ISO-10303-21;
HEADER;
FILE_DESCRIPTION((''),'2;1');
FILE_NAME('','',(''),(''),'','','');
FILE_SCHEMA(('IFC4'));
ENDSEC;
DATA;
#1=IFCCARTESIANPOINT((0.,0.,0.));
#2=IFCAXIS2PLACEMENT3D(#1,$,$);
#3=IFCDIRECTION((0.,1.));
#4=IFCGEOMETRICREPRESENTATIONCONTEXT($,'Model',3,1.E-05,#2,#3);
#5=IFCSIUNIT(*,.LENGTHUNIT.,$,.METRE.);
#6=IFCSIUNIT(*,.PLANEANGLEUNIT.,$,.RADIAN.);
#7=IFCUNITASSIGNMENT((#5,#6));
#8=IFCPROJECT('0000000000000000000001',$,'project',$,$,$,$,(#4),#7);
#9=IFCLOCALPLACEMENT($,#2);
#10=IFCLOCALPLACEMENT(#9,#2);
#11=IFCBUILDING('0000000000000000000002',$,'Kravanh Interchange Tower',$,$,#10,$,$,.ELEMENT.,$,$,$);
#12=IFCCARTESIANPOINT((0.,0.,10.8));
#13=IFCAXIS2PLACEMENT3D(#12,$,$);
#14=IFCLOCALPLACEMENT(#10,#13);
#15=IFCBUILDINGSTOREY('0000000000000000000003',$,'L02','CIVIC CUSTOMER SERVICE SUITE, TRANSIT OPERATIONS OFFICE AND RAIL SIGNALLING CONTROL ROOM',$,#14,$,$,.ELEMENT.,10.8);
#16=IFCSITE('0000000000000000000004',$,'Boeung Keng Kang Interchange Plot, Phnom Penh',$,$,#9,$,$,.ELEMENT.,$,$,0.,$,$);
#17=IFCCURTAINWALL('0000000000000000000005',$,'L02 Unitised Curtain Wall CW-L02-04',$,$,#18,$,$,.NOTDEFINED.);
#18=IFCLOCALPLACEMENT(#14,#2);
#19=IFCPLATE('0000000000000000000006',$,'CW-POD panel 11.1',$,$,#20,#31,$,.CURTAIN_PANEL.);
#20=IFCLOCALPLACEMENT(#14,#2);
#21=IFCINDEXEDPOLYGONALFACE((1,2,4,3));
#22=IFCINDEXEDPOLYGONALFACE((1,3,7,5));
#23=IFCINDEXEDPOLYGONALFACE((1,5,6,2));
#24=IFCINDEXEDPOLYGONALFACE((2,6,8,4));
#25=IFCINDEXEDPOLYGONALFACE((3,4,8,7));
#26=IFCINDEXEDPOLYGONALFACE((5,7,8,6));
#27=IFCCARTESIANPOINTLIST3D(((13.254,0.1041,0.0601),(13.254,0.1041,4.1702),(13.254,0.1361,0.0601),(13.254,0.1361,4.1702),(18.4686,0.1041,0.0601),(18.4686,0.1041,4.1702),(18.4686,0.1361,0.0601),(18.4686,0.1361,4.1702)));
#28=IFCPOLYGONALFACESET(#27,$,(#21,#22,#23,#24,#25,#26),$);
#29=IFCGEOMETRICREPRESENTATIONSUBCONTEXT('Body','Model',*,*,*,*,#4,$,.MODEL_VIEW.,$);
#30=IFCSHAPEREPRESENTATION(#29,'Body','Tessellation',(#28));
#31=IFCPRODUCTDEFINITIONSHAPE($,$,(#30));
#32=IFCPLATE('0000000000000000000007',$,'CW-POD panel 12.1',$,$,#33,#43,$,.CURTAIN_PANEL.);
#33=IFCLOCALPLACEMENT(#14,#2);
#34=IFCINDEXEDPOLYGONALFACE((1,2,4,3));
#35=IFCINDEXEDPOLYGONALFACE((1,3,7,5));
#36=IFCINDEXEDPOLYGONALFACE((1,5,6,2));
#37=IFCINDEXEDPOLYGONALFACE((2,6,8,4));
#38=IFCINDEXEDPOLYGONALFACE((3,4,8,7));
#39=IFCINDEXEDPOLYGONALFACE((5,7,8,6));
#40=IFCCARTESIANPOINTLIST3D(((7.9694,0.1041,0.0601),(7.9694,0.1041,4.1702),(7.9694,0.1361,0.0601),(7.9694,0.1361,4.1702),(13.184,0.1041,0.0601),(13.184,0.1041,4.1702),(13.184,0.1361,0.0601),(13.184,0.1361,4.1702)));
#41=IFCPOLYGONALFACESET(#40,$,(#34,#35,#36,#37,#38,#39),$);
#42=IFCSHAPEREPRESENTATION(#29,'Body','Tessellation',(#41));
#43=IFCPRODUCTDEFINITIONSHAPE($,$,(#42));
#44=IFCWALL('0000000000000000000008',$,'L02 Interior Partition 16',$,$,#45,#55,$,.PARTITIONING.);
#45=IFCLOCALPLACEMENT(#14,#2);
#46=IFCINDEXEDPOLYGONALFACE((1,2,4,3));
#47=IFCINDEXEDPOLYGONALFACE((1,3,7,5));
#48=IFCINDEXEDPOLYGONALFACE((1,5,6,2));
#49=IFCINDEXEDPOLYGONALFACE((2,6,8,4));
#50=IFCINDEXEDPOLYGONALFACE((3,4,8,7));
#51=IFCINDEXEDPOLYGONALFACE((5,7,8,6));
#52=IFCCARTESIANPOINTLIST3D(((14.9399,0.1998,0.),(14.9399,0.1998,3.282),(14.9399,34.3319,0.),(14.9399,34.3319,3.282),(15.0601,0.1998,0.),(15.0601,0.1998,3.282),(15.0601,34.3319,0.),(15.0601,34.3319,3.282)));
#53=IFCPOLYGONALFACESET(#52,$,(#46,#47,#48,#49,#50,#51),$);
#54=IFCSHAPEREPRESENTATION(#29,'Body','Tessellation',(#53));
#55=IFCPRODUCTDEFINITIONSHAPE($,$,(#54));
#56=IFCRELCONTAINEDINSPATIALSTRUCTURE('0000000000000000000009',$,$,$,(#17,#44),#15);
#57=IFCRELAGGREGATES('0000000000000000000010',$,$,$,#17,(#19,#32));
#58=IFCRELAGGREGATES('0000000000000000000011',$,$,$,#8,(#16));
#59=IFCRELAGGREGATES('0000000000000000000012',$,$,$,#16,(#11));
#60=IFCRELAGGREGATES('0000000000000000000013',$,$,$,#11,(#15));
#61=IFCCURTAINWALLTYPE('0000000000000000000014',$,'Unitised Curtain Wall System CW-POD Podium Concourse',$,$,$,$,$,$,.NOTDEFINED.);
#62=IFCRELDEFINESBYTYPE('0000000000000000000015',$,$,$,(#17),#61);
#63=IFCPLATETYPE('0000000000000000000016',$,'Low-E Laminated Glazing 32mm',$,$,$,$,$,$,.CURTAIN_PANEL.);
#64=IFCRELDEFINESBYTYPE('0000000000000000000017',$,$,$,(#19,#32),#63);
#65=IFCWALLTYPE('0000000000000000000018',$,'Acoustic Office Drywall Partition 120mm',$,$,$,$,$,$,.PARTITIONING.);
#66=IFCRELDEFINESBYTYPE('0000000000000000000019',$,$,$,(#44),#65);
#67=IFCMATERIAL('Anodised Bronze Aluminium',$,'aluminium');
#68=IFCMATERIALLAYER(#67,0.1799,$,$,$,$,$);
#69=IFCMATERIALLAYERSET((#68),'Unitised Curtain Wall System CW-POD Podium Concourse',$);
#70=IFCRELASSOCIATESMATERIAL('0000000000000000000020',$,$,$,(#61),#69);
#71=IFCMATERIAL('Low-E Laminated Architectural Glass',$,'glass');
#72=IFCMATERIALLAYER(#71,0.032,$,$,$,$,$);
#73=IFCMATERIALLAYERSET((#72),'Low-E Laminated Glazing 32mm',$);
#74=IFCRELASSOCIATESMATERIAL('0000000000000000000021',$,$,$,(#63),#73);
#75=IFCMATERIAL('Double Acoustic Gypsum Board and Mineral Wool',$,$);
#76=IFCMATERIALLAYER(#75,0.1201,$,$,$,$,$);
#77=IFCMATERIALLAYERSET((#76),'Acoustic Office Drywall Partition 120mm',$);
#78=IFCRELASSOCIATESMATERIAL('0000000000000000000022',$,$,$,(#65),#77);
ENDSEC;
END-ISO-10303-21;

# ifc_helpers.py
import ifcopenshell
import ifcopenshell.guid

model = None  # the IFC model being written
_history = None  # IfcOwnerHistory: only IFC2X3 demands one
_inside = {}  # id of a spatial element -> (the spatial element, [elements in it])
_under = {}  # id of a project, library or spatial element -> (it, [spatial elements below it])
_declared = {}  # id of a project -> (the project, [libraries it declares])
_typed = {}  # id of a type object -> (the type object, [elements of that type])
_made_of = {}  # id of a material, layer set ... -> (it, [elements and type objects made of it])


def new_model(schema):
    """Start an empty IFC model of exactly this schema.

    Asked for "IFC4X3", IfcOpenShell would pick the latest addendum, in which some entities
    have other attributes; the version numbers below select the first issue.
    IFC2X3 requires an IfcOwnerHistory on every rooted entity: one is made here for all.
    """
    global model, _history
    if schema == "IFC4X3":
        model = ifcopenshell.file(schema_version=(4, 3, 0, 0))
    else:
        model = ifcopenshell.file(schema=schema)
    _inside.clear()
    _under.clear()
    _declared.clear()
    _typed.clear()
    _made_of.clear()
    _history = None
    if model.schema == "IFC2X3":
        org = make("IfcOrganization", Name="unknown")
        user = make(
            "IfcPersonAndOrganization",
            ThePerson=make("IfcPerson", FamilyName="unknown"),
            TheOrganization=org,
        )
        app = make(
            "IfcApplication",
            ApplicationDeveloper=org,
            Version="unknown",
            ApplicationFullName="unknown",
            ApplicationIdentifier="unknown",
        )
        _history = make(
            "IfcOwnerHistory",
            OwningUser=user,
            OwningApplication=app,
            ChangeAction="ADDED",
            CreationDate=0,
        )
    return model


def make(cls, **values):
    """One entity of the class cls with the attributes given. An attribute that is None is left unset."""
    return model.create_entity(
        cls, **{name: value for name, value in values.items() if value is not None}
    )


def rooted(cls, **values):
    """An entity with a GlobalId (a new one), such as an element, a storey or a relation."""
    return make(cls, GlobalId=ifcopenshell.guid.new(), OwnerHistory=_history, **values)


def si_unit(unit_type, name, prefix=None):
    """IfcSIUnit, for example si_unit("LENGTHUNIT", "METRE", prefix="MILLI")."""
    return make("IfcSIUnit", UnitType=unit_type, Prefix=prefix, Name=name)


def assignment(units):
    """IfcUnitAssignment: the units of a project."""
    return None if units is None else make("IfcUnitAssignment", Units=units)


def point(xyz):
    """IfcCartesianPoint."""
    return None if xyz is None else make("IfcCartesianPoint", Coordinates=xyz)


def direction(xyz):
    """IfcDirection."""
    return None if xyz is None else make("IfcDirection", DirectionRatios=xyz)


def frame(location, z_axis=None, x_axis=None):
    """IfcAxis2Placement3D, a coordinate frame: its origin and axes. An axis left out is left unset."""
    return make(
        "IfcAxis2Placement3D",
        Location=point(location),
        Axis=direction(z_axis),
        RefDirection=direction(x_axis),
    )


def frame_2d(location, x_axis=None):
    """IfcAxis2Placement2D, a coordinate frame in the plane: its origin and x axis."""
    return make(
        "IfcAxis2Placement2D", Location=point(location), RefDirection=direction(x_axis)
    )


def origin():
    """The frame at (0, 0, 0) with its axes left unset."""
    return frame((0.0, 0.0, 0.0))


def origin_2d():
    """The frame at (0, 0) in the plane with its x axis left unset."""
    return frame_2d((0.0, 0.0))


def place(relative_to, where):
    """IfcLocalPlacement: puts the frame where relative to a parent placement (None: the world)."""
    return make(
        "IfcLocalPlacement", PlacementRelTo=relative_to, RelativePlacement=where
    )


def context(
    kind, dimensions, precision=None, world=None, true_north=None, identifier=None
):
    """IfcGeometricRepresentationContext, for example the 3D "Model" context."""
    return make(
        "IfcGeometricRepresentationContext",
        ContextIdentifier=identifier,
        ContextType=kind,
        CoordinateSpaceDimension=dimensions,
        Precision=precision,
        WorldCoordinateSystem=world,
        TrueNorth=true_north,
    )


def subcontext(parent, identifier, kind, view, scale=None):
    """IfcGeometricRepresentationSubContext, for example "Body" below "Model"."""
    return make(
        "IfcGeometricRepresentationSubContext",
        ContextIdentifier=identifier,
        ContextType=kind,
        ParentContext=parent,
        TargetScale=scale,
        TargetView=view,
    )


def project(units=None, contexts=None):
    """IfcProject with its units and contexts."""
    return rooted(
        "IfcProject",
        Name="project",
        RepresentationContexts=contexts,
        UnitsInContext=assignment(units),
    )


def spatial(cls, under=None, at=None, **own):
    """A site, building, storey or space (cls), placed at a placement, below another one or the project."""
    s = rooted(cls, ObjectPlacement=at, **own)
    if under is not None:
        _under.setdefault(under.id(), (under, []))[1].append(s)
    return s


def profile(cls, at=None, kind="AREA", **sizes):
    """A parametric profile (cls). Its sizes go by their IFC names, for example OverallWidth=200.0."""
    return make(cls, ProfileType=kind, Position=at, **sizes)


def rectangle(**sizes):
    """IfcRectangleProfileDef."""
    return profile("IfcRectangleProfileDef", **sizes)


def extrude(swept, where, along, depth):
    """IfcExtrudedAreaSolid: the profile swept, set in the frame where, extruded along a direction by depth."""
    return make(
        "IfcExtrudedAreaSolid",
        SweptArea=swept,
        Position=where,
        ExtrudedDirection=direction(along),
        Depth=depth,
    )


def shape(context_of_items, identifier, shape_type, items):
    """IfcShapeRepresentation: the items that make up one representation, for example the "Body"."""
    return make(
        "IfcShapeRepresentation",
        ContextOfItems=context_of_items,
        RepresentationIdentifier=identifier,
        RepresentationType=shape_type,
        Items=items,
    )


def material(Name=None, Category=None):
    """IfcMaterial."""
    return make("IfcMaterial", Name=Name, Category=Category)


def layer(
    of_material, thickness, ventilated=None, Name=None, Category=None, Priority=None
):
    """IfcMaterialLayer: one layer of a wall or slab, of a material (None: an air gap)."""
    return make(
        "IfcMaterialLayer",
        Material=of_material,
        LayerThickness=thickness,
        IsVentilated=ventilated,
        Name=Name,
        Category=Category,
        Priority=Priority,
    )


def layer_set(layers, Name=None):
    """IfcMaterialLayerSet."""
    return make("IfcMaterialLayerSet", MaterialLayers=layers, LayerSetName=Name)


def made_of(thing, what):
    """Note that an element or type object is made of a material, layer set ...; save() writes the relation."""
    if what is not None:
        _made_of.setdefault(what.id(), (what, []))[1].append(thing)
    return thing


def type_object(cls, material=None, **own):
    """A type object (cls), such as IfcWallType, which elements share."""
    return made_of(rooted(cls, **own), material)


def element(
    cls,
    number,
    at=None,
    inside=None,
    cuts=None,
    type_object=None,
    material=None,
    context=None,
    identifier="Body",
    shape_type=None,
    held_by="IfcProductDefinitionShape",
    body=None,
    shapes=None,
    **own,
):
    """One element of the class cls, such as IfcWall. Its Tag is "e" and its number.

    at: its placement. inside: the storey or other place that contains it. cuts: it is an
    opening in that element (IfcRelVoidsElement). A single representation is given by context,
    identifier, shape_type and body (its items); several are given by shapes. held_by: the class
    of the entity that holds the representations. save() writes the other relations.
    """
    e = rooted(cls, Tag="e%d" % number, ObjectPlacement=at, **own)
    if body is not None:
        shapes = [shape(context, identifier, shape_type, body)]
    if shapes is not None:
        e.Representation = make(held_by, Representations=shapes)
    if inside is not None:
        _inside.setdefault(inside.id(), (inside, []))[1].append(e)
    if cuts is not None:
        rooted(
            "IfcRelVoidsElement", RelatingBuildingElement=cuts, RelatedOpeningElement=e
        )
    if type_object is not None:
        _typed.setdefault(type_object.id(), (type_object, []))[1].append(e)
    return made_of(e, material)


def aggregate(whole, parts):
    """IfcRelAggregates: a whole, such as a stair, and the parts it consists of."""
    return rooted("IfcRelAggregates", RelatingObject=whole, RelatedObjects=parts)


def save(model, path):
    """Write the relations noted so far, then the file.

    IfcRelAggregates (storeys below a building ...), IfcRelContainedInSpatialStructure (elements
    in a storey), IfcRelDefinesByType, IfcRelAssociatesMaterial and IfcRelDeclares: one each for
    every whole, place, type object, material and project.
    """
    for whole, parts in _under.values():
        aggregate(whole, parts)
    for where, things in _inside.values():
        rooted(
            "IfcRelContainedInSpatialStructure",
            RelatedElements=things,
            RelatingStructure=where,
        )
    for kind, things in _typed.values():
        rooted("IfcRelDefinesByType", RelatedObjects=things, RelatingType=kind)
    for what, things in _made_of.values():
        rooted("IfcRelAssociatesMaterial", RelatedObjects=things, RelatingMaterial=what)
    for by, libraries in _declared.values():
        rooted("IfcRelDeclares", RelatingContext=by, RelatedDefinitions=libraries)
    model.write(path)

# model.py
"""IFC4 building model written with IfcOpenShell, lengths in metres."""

from ifc_helpers import new_model, si_unit, direction, frame, frame_2d, origin, origin_2d, place, context, subcontext, project, spatial, rectangle, extrude, material, layer, layer_set, type_object, element, aggregate, save


model = new_model("IFC4")

# Units and contexts
model_context = context("Model", 3, precision=1e-05, world=origin(), true_north=direction((0.0, 1.0)))
body_context = subcontext(model_context, "Body", "Model", "MODEL_VIEW")
ifc_project = project(units=[si_unit("LENGTHUNIT", "METRE"), si_unit("PLANEANGLEUNIT", "RADIAN")], contexts=[model_context])

# Site, building, storey
site_placement = place(None, origin())
site = spatial("IfcSite", under=ifc_project, at=site_placement, Name="Boeung Keng Kang Interchange Plot, Phnom Penh", CompositionType="ELEMENT", RefElevation=0.0)
building_placement = place(site_placement, origin())
building = spatial("IfcBuilding", under=site, at=building_placement, Name="Kravanh Interchange Tower", CompositionType="ELEMENT")
storey_placement = place(building_placement, frame((0.0, 0.0, 10.8)))
storey = spatial("IfcBuildingStorey", under=building, at=storey_placement, Name="L02", Description="CIVIC CUSTOMER SERVICE SUITE, TRANSIT OPERATIONS OFFICE AND RAIL SIGNALLING CONTROL ROOM", CompositionType="ELEMENT", Elevation=10.8)

# Curtain wall
ifc_material_1 = material(Name="Anodised Bronze Aluminium", Category="aluminium")
ifc_layer_1 = layer(ifc_material_1, 0.1799)
ifc_layer_set_1 = layer_set([ifc_layer_1], Name="Unitised Curtain Wall System CW-POD Podium Concourse")
curtain_wall_type = type_object("IfcCurtainWallType", Name="Unitised Curtain Wall System CW-POD Podium Concourse", PredefinedType="NOTDEFINED", material=ifc_layer_set_1)
curtain_wall_placement = place(storey_placement, origin())
curtain_wall = element("IfcCurtainWall", 1, at=curtain_wall_placement, inside=storey, type_object=curtain_wall_type, Name="L02 Unitised Curtain Wall CW-L02-04", PredefinedType="NOTDEFINED")

# Plates
ifc_material_2 = material(Name="Low-E Laminated Architectural Glass", Category="glass")
ifc_layer_2 = layer(ifc_material_2, 0.032)
ifc_layer_set_2 = layer_set([ifc_layer_2], Name="Low-E Laminated Glazing 32mm")
plate_type = type_object("IfcPlateType", Name="Low-E Laminated Glazing 32mm", PredefinedType="CURTAIN_PANEL", material=ifc_layer_set_2)
plate_1_placement = place(storey_placement, frame((15.8613, 0.1201, 0.0601), z_axis=(0.0, 0.0, 1.0), x_axis=(-1.0, 0.0, 0.0)))
plate_1 = element("IfcPlate", 2, at=plate_1_placement, type_object=plate_type, Name="CW-POD panel 11.1", PredefinedType="CURTAIN_PANEL", context=body_context, shape_type="SweptSolid", body=[
    extrude(rectangle(XDim=5.2146, YDim=0.032, at=origin_2d()), origin(), (0.0, 0.0, 1.0), 4.1101),
])
plate_2_placement = place(storey_placement, frame((10.5767, 0.1201, 0.0601), z_axis=(0.0, 0.0, 1.0), x_axis=(-1.0, 0.0, 0.0)))
plate_2 = element("IfcPlate", 3, at=plate_2_placement, type_object=plate_type, Name="CW-POD panel 12.1", PredefinedType="CURTAIN_PANEL", context=body_context, shape_type="SweptSolid", body=[
    extrude(rectangle(XDim=5.2146, YDim=0.032, at=origin_2d()), origin(), (0.0, 0.0, 1.0), 4.1101),
])
aggregate(curtain_wall, [plate_1, plate_2])

# Wall
ifc_material_3 = material(Name="Double Acoustic Gypsum Board and Mineral Wool")
ifc_layer_3 = layer(ifc_material_3, 0.1201)
ifc_layer_set_3 = layer_set([ifc_layer_3], Name="Acoustic Office Drywall Partition 120mm")
wall_type = type_object("IfcWallType", Name="Acoustic Office Drywall Partition 120mm", PredefinedType="PARTITIONING", material=ifc_layer_set_3)
wall_placement = place(storey_placement, frame((15.0, 0.2, 0.0), z_axis=(0.0, 0.0, 1.0), x_axis=(0.0, 1.0, 0.0)))
element("IfcWall", 4, at=wall_placement, inside=storey, type_object=wall_type, Name="L02 Interior Partition 16", PredefinedType="PARTITIONING", context=body_context, shape_type="SweptSolid", body=[
    extrude(rectangle(XDim=34.1321, YDim=0.1201, at=frame_2d((17.0659, 0.0))), origin(), (0.0, 0.0, 1.0), 3.282),
])

save(model, "model.ifc")
